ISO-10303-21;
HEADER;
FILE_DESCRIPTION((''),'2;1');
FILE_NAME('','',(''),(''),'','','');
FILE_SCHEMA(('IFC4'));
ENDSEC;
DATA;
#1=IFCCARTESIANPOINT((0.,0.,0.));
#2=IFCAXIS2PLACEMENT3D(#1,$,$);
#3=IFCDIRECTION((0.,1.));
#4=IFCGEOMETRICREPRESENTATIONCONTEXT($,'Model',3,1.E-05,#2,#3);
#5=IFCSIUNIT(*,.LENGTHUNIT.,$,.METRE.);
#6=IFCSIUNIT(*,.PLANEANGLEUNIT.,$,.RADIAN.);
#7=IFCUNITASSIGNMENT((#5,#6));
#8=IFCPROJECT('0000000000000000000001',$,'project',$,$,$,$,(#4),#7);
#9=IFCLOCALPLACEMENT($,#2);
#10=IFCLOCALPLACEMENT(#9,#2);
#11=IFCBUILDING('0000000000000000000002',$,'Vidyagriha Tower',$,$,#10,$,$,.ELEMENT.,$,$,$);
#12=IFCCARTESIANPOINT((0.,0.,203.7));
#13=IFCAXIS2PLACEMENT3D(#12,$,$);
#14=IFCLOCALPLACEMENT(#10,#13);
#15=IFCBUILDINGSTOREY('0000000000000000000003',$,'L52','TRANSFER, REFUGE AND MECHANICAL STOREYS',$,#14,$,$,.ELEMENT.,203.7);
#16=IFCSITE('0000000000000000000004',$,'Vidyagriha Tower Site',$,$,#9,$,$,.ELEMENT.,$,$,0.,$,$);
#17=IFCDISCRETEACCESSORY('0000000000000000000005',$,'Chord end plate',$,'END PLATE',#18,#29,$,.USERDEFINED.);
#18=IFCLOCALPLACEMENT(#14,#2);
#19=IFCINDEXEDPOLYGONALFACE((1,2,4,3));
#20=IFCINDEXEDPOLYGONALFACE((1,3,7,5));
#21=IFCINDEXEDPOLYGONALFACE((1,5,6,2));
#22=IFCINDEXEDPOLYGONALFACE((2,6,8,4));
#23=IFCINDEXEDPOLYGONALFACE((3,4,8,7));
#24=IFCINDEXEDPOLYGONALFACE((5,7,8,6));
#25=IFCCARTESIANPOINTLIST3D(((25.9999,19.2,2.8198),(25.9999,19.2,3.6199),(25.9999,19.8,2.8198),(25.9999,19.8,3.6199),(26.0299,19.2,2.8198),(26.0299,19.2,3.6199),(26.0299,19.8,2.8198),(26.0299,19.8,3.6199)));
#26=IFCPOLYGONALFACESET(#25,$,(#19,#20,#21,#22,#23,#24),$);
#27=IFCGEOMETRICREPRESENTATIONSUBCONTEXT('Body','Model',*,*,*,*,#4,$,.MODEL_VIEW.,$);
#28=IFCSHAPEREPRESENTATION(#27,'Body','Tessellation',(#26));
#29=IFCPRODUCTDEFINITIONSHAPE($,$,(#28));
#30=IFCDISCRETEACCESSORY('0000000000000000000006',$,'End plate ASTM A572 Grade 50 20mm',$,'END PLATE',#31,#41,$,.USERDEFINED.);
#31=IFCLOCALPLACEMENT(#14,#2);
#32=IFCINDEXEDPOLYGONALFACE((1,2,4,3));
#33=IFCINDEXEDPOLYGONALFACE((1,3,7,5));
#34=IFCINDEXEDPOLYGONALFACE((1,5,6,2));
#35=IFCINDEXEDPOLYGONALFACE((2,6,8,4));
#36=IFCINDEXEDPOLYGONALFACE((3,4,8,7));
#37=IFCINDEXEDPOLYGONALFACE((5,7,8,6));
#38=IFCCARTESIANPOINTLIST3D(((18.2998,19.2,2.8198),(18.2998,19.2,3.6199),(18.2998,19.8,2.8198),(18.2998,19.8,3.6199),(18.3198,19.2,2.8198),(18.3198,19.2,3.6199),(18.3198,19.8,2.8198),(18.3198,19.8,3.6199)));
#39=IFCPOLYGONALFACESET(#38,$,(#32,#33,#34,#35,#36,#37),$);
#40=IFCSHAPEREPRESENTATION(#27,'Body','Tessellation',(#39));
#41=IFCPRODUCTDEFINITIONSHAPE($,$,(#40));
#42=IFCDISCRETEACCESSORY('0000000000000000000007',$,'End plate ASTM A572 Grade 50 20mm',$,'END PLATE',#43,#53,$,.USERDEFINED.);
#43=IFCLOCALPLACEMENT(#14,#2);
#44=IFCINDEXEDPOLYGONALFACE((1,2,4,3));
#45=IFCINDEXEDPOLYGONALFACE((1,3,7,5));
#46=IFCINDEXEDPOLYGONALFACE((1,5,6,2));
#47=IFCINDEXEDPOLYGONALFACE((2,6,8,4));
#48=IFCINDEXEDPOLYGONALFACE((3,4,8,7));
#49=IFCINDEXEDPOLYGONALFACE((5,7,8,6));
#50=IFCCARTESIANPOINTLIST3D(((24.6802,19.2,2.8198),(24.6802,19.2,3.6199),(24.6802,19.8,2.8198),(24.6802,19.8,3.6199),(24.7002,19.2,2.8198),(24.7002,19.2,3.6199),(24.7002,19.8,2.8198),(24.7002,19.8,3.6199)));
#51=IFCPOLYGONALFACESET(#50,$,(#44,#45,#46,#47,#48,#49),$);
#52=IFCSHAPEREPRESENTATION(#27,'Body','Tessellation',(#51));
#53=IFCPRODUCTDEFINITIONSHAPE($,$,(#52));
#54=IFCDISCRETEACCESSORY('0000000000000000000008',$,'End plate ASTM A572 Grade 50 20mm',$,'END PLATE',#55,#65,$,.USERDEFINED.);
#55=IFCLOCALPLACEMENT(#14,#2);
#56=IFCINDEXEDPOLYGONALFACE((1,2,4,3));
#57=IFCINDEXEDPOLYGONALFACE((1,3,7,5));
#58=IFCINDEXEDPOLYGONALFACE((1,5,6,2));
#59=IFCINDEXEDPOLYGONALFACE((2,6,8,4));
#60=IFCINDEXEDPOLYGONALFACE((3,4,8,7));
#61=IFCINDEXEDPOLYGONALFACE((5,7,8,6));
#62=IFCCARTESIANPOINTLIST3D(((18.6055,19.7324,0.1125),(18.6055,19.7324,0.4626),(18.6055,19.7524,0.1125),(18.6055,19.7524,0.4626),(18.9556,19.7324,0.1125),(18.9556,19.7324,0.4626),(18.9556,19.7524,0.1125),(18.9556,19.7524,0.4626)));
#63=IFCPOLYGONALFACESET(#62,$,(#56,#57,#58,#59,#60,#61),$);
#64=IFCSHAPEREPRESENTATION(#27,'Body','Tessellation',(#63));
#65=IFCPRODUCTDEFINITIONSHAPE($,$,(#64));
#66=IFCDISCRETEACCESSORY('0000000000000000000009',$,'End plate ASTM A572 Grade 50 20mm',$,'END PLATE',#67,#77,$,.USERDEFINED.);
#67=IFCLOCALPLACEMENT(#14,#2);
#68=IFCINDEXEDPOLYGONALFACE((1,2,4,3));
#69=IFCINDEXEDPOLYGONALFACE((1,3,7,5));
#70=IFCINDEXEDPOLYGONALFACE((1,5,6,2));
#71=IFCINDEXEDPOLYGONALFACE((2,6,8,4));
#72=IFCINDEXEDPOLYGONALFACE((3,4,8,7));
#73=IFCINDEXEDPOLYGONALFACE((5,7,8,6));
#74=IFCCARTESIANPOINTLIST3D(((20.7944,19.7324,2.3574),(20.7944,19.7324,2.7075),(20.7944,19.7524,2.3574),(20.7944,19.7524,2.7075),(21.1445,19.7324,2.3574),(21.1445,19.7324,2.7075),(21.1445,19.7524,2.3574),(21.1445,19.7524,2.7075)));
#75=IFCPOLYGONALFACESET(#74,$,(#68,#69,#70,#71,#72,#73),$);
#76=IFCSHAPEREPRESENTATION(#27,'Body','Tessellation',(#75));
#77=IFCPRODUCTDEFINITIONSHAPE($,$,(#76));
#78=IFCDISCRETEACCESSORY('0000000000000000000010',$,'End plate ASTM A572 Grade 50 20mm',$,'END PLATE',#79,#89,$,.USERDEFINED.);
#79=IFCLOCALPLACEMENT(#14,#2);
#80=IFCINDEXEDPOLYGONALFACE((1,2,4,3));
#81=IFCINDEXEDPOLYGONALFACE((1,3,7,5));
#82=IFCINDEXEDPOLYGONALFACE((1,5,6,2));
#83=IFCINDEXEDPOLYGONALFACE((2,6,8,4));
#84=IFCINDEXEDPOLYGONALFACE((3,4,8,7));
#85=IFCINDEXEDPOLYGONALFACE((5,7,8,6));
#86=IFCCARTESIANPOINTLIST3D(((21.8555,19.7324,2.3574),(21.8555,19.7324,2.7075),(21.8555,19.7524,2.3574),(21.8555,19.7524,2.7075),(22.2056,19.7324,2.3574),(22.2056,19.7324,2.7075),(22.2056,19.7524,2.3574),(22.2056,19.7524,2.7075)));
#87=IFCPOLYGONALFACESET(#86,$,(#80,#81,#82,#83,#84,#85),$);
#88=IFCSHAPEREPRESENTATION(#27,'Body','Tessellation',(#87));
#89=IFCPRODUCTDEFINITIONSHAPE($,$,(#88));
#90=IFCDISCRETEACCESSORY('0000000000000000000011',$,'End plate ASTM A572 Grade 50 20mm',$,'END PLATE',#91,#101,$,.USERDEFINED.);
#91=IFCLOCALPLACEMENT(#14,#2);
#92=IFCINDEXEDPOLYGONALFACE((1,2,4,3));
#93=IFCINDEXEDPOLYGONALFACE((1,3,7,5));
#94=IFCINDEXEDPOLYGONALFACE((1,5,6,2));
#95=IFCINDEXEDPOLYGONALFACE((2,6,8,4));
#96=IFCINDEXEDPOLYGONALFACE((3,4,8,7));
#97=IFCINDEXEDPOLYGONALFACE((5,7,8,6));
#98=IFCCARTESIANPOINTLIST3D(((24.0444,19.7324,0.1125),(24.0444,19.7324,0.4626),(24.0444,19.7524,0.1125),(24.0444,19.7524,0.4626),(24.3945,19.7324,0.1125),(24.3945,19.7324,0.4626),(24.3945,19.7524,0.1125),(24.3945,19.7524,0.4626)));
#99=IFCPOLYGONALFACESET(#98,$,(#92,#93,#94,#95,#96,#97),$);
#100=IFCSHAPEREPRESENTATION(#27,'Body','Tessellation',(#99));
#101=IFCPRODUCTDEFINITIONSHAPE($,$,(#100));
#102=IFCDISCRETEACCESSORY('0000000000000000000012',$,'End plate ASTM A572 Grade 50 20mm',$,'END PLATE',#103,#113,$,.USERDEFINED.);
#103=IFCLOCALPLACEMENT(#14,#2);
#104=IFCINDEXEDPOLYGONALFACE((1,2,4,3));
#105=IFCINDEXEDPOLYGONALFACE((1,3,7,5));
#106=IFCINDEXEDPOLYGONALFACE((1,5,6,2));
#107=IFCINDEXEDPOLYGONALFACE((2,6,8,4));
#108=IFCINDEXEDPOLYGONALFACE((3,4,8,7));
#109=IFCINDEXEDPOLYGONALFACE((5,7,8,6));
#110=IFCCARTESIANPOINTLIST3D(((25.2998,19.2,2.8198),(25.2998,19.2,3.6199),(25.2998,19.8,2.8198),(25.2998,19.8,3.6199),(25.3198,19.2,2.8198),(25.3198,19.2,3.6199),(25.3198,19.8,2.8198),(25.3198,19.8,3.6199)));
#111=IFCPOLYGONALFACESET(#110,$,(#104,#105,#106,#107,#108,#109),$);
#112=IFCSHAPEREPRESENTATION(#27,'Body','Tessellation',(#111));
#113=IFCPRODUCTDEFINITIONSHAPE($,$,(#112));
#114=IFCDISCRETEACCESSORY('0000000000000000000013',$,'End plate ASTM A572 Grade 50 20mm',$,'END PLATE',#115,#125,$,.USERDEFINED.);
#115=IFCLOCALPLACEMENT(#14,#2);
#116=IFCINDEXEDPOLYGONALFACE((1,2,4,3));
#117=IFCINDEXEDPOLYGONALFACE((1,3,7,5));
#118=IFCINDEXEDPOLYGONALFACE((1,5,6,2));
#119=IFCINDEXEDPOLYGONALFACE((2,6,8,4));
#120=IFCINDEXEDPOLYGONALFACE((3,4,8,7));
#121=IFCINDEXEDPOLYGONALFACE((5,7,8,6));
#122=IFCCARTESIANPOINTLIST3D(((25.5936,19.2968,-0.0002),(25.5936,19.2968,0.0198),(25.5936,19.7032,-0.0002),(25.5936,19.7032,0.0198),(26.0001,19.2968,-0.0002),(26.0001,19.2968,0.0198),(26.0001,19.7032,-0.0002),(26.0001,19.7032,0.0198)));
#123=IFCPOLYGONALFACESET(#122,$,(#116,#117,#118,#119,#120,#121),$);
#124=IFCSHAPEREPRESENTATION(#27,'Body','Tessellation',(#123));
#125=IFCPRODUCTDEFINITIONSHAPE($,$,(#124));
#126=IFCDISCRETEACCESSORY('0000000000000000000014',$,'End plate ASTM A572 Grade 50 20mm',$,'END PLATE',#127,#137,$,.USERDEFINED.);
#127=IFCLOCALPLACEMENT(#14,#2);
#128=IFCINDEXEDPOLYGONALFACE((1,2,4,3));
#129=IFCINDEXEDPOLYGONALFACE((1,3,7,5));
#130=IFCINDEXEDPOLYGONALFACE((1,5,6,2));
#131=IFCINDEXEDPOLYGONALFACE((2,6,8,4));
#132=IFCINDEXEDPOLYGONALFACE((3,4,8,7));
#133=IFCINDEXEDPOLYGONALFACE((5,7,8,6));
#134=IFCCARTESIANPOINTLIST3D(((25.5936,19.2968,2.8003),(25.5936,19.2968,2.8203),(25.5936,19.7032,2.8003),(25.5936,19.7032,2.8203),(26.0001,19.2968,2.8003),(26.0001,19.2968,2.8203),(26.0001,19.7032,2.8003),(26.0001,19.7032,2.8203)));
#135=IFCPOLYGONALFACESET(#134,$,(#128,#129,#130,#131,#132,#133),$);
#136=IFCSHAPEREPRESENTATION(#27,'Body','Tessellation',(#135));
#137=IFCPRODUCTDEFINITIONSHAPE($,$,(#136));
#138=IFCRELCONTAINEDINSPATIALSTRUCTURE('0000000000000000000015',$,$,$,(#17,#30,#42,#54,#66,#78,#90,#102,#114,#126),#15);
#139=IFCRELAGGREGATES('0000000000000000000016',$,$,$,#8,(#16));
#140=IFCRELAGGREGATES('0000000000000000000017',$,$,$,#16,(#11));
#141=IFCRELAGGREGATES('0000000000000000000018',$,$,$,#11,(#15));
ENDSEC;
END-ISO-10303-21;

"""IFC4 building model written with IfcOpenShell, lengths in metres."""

from ifc_helpers import new_model, si_unit, direction, frame, origin, origin_2d, place, context, subcontext, project, spatial, rectangle, extrude, element, save


model = new_model("IFC4")

# Units and contexts
model_context = context("Model", 3, precision=1e-05, world=origin(), true_north=direction((0.0, 1.0)))
body_context = subcontext(model_context, "Body", "Model", "MODEL_VIEW")
ifc_project = project(units=[si_unit("LENGTHUNIT", "METRE"), si_unit("PLANEANGLEUNIT", "RADIAN")], contexts=[model_context])

# Site, building, storey
site_placement = place(None, origin())
site = spatial("IfcSite", under=ifc_project, at=site_placement, Name="Vidyagriha Tower Site", CompositionType="ELEMENT", RefElevation=0.0)
building_placement = place(site_placement, origin())
building = spatial("IfcBuilding", under=site, at=building_placement, Name="Vidyagriha Tower", CompositionType="ELEMENT")
storey_placement = place(building_placement, frame((0.0, 0.0, 203.7)))
storey = spatial("IfcBuildingStorey", under=building, at=storey_placement, Name="L52", Description="TRANSFER, REFUGE AND MECHANICAL STOREYS", CompositionType="ELEMENT", Elevation=203.7)

# Discrete accessories
for number, where, name in (
    (1, (26.0149, 19.5, 2.8198), "Chord end plate"),
):
    element("IfcDiscreteAccessory", number, at=place(storey_placement, frame(where)), inside=storey, Name=name, ObjectType="END PLATE", PredefinedType="USERDEFINED", context=body_context, shape_type="SweptSolid", body=[
        extrude(rectangle(XDim=0.03, YDim=0.6001, at=origin_2d()), origin(), (0.0, 0.0, 1.0), 0.8),
    ])
discrete_accessory_1_placement = place(storey_placement, frame((18.3098, 19.5, 2.8198), z_axis=(0.0, 0.0, 1.0), x_axis=(-1.0, 0.0, 0.0)))
element("IfcDiscreteAccessory", 2, at=discrete_accessory_1_placement, inside=storey, Name="End plate ASTM A572 Grade 50 20mm", ObjectType="END PLATE", PredefinedType="USERDEFINED", context=body_context, shape_type="SweptSolid", body=[
    extrude(rectangle(XDim=0.02, YDim=0.6001, at=origin_2d()), origin(), (0.0, 0.0, 1.0), 0.8),
])
discrete_accessory_2_placement = place(storey_placement, frame((24.6902, 19.5, 2.8198)))
element("IfcDiscreteAccessory", 3, at=discrete_accessory_2_placement, inside=storey, Name="End plate ASTM A572 Grade 50 20mm", ObjectType="END PLATE", PredefinedType="USERDEFINED", context=body_context, shape_type="SweptSolid", body=[
    extrude(rectangle(XDim=0.02, YDim=0.6001, at=origin_2d()), origin(), (0.0, 0.0, 1.0), 0.8),
])
discrete_accessory_3_placement = place(storey_placement, frame((18.7805, 19.7424, 0.1125), z_axis=(0.0, 0.0, 1.0), x_axis=(-1.0, 0.0, 0.0)))
element("IfcDiscreteAccessory", 4, at=discrete_accessory_3_placement, inside=storey, Name="End plate ASTM A572 Grade 50 20mm", ObjectType="END PLATE", PredefinedType="USERDEFINED", context=body_context, shape_type="SweptSolid", body=[
    extrude(rectangle(XDim=0.3501, YDim=0.02, at=origin_2d()), origin(), (0.0, 0.0, 1.0), 0.3501),
])
discrete_accessory_4_placement = place(storey_placement, frame((20.9695, 19.7424, 2.3574)))
element("IfcDiscreteAccessory", 5, at=discrete_accessory_4_placement, inside=storey, Name="End plate ASTM A572 Grade 50 20mm", ObjectType="END PLATE", PredefinedType="USERDEFINED", context=body_context, shape_type="SweptSolid", body=[
    extrude(rectangle(XDim=0.3501, YDim=0.02, at=origin_2d()), origin(), (0.0, 0.0, 1.0), 0.3501),
])
discrete_accessory_5_placement = place(storey_placement, frame((22.0305, 19.7424, 2.3574), z_axis=(0.0, 0.0, 1.0), x_axis=(-1.0, 0.0, 0.0)))
element("IfcDiscreteAccessory", 6, at=discrete_accessory_5_placement, inside=storey, Name="End plate ASTM A572 Grade 50 20mm", ObjectType="END PLATE", PredefinedType="USERDEFINED", context=body_context, shape_type="SweptSolid", body=[
    extrude(rectangle(XDim=0.3501, YDim=0.02, at=origin_2d()), origin(), (0.0, 0.0, 1.0), 0.3501),
])
discrete_accessory_6_placement = place(storey_placement, frame((24.2195, 19.7424, 0.1125)))
element("IfcDiscreteAccessory", 7, at=discrete_accessory_6_placement, inside=storey, Name="End plate ASTM A572 Grade 50 20mm", ObjectType="END PLATE", PredefinedType="USERDEFINED", context=body_context, shape_type="SweptSolid", body=[
    extrude(rectangle(XDim=0.3501, YDim=0.02, at=origin_2d()), origin(), (0.0, 0.0, 1.0), 0.3501),
])
discrete_accessory_7_placement = place(storey_placement, frame((25.3098, 19.5, 2.8198), z_axis=(0.0, 0.0, 1.0), x_axis=(-1.0, 0.0, 0.0)))
element("IfcDiscreteAccessory", 8, at=discrete_accessory_7_placement, inside=storey, Name="End plate ASTM A572 Grade 50 20mm", ObjectType="END PLATE", PredefinedType="USERDEFINED", context=body_context, shape_type="SweptSolid", body=[
    extrude(rectangle(XDim=0.02, YDim=0.6001, at=origin_2d()), origin(), (0.0, 0.0, 1.0), 0.8),
])
for number, where, name in (
    (9, (25.7969, 19.5, -0.0002), "End plate ASTM A572 Grade 50 20mm"),
    (10, (25.7969, 19.5, 2.8003), "End plate ASTM A572 Grade 50 20mm"),
):
    element("IfcDiscreteAccessory", number, at=place(storey_placement, frame(where)), inside=storey, Name=name, ObjectType="END PLATE", PredefinedType="USERDEFINED", context=body_context, shape_type="SweptSolid", body=[
        extrude(rectangle(XDim=0.4065, YDim=0.4065, at=origin_2d()), origin(), (0.0, 0.0, 1.0), 0.02),
    ])

save(model, "model.ifc")
